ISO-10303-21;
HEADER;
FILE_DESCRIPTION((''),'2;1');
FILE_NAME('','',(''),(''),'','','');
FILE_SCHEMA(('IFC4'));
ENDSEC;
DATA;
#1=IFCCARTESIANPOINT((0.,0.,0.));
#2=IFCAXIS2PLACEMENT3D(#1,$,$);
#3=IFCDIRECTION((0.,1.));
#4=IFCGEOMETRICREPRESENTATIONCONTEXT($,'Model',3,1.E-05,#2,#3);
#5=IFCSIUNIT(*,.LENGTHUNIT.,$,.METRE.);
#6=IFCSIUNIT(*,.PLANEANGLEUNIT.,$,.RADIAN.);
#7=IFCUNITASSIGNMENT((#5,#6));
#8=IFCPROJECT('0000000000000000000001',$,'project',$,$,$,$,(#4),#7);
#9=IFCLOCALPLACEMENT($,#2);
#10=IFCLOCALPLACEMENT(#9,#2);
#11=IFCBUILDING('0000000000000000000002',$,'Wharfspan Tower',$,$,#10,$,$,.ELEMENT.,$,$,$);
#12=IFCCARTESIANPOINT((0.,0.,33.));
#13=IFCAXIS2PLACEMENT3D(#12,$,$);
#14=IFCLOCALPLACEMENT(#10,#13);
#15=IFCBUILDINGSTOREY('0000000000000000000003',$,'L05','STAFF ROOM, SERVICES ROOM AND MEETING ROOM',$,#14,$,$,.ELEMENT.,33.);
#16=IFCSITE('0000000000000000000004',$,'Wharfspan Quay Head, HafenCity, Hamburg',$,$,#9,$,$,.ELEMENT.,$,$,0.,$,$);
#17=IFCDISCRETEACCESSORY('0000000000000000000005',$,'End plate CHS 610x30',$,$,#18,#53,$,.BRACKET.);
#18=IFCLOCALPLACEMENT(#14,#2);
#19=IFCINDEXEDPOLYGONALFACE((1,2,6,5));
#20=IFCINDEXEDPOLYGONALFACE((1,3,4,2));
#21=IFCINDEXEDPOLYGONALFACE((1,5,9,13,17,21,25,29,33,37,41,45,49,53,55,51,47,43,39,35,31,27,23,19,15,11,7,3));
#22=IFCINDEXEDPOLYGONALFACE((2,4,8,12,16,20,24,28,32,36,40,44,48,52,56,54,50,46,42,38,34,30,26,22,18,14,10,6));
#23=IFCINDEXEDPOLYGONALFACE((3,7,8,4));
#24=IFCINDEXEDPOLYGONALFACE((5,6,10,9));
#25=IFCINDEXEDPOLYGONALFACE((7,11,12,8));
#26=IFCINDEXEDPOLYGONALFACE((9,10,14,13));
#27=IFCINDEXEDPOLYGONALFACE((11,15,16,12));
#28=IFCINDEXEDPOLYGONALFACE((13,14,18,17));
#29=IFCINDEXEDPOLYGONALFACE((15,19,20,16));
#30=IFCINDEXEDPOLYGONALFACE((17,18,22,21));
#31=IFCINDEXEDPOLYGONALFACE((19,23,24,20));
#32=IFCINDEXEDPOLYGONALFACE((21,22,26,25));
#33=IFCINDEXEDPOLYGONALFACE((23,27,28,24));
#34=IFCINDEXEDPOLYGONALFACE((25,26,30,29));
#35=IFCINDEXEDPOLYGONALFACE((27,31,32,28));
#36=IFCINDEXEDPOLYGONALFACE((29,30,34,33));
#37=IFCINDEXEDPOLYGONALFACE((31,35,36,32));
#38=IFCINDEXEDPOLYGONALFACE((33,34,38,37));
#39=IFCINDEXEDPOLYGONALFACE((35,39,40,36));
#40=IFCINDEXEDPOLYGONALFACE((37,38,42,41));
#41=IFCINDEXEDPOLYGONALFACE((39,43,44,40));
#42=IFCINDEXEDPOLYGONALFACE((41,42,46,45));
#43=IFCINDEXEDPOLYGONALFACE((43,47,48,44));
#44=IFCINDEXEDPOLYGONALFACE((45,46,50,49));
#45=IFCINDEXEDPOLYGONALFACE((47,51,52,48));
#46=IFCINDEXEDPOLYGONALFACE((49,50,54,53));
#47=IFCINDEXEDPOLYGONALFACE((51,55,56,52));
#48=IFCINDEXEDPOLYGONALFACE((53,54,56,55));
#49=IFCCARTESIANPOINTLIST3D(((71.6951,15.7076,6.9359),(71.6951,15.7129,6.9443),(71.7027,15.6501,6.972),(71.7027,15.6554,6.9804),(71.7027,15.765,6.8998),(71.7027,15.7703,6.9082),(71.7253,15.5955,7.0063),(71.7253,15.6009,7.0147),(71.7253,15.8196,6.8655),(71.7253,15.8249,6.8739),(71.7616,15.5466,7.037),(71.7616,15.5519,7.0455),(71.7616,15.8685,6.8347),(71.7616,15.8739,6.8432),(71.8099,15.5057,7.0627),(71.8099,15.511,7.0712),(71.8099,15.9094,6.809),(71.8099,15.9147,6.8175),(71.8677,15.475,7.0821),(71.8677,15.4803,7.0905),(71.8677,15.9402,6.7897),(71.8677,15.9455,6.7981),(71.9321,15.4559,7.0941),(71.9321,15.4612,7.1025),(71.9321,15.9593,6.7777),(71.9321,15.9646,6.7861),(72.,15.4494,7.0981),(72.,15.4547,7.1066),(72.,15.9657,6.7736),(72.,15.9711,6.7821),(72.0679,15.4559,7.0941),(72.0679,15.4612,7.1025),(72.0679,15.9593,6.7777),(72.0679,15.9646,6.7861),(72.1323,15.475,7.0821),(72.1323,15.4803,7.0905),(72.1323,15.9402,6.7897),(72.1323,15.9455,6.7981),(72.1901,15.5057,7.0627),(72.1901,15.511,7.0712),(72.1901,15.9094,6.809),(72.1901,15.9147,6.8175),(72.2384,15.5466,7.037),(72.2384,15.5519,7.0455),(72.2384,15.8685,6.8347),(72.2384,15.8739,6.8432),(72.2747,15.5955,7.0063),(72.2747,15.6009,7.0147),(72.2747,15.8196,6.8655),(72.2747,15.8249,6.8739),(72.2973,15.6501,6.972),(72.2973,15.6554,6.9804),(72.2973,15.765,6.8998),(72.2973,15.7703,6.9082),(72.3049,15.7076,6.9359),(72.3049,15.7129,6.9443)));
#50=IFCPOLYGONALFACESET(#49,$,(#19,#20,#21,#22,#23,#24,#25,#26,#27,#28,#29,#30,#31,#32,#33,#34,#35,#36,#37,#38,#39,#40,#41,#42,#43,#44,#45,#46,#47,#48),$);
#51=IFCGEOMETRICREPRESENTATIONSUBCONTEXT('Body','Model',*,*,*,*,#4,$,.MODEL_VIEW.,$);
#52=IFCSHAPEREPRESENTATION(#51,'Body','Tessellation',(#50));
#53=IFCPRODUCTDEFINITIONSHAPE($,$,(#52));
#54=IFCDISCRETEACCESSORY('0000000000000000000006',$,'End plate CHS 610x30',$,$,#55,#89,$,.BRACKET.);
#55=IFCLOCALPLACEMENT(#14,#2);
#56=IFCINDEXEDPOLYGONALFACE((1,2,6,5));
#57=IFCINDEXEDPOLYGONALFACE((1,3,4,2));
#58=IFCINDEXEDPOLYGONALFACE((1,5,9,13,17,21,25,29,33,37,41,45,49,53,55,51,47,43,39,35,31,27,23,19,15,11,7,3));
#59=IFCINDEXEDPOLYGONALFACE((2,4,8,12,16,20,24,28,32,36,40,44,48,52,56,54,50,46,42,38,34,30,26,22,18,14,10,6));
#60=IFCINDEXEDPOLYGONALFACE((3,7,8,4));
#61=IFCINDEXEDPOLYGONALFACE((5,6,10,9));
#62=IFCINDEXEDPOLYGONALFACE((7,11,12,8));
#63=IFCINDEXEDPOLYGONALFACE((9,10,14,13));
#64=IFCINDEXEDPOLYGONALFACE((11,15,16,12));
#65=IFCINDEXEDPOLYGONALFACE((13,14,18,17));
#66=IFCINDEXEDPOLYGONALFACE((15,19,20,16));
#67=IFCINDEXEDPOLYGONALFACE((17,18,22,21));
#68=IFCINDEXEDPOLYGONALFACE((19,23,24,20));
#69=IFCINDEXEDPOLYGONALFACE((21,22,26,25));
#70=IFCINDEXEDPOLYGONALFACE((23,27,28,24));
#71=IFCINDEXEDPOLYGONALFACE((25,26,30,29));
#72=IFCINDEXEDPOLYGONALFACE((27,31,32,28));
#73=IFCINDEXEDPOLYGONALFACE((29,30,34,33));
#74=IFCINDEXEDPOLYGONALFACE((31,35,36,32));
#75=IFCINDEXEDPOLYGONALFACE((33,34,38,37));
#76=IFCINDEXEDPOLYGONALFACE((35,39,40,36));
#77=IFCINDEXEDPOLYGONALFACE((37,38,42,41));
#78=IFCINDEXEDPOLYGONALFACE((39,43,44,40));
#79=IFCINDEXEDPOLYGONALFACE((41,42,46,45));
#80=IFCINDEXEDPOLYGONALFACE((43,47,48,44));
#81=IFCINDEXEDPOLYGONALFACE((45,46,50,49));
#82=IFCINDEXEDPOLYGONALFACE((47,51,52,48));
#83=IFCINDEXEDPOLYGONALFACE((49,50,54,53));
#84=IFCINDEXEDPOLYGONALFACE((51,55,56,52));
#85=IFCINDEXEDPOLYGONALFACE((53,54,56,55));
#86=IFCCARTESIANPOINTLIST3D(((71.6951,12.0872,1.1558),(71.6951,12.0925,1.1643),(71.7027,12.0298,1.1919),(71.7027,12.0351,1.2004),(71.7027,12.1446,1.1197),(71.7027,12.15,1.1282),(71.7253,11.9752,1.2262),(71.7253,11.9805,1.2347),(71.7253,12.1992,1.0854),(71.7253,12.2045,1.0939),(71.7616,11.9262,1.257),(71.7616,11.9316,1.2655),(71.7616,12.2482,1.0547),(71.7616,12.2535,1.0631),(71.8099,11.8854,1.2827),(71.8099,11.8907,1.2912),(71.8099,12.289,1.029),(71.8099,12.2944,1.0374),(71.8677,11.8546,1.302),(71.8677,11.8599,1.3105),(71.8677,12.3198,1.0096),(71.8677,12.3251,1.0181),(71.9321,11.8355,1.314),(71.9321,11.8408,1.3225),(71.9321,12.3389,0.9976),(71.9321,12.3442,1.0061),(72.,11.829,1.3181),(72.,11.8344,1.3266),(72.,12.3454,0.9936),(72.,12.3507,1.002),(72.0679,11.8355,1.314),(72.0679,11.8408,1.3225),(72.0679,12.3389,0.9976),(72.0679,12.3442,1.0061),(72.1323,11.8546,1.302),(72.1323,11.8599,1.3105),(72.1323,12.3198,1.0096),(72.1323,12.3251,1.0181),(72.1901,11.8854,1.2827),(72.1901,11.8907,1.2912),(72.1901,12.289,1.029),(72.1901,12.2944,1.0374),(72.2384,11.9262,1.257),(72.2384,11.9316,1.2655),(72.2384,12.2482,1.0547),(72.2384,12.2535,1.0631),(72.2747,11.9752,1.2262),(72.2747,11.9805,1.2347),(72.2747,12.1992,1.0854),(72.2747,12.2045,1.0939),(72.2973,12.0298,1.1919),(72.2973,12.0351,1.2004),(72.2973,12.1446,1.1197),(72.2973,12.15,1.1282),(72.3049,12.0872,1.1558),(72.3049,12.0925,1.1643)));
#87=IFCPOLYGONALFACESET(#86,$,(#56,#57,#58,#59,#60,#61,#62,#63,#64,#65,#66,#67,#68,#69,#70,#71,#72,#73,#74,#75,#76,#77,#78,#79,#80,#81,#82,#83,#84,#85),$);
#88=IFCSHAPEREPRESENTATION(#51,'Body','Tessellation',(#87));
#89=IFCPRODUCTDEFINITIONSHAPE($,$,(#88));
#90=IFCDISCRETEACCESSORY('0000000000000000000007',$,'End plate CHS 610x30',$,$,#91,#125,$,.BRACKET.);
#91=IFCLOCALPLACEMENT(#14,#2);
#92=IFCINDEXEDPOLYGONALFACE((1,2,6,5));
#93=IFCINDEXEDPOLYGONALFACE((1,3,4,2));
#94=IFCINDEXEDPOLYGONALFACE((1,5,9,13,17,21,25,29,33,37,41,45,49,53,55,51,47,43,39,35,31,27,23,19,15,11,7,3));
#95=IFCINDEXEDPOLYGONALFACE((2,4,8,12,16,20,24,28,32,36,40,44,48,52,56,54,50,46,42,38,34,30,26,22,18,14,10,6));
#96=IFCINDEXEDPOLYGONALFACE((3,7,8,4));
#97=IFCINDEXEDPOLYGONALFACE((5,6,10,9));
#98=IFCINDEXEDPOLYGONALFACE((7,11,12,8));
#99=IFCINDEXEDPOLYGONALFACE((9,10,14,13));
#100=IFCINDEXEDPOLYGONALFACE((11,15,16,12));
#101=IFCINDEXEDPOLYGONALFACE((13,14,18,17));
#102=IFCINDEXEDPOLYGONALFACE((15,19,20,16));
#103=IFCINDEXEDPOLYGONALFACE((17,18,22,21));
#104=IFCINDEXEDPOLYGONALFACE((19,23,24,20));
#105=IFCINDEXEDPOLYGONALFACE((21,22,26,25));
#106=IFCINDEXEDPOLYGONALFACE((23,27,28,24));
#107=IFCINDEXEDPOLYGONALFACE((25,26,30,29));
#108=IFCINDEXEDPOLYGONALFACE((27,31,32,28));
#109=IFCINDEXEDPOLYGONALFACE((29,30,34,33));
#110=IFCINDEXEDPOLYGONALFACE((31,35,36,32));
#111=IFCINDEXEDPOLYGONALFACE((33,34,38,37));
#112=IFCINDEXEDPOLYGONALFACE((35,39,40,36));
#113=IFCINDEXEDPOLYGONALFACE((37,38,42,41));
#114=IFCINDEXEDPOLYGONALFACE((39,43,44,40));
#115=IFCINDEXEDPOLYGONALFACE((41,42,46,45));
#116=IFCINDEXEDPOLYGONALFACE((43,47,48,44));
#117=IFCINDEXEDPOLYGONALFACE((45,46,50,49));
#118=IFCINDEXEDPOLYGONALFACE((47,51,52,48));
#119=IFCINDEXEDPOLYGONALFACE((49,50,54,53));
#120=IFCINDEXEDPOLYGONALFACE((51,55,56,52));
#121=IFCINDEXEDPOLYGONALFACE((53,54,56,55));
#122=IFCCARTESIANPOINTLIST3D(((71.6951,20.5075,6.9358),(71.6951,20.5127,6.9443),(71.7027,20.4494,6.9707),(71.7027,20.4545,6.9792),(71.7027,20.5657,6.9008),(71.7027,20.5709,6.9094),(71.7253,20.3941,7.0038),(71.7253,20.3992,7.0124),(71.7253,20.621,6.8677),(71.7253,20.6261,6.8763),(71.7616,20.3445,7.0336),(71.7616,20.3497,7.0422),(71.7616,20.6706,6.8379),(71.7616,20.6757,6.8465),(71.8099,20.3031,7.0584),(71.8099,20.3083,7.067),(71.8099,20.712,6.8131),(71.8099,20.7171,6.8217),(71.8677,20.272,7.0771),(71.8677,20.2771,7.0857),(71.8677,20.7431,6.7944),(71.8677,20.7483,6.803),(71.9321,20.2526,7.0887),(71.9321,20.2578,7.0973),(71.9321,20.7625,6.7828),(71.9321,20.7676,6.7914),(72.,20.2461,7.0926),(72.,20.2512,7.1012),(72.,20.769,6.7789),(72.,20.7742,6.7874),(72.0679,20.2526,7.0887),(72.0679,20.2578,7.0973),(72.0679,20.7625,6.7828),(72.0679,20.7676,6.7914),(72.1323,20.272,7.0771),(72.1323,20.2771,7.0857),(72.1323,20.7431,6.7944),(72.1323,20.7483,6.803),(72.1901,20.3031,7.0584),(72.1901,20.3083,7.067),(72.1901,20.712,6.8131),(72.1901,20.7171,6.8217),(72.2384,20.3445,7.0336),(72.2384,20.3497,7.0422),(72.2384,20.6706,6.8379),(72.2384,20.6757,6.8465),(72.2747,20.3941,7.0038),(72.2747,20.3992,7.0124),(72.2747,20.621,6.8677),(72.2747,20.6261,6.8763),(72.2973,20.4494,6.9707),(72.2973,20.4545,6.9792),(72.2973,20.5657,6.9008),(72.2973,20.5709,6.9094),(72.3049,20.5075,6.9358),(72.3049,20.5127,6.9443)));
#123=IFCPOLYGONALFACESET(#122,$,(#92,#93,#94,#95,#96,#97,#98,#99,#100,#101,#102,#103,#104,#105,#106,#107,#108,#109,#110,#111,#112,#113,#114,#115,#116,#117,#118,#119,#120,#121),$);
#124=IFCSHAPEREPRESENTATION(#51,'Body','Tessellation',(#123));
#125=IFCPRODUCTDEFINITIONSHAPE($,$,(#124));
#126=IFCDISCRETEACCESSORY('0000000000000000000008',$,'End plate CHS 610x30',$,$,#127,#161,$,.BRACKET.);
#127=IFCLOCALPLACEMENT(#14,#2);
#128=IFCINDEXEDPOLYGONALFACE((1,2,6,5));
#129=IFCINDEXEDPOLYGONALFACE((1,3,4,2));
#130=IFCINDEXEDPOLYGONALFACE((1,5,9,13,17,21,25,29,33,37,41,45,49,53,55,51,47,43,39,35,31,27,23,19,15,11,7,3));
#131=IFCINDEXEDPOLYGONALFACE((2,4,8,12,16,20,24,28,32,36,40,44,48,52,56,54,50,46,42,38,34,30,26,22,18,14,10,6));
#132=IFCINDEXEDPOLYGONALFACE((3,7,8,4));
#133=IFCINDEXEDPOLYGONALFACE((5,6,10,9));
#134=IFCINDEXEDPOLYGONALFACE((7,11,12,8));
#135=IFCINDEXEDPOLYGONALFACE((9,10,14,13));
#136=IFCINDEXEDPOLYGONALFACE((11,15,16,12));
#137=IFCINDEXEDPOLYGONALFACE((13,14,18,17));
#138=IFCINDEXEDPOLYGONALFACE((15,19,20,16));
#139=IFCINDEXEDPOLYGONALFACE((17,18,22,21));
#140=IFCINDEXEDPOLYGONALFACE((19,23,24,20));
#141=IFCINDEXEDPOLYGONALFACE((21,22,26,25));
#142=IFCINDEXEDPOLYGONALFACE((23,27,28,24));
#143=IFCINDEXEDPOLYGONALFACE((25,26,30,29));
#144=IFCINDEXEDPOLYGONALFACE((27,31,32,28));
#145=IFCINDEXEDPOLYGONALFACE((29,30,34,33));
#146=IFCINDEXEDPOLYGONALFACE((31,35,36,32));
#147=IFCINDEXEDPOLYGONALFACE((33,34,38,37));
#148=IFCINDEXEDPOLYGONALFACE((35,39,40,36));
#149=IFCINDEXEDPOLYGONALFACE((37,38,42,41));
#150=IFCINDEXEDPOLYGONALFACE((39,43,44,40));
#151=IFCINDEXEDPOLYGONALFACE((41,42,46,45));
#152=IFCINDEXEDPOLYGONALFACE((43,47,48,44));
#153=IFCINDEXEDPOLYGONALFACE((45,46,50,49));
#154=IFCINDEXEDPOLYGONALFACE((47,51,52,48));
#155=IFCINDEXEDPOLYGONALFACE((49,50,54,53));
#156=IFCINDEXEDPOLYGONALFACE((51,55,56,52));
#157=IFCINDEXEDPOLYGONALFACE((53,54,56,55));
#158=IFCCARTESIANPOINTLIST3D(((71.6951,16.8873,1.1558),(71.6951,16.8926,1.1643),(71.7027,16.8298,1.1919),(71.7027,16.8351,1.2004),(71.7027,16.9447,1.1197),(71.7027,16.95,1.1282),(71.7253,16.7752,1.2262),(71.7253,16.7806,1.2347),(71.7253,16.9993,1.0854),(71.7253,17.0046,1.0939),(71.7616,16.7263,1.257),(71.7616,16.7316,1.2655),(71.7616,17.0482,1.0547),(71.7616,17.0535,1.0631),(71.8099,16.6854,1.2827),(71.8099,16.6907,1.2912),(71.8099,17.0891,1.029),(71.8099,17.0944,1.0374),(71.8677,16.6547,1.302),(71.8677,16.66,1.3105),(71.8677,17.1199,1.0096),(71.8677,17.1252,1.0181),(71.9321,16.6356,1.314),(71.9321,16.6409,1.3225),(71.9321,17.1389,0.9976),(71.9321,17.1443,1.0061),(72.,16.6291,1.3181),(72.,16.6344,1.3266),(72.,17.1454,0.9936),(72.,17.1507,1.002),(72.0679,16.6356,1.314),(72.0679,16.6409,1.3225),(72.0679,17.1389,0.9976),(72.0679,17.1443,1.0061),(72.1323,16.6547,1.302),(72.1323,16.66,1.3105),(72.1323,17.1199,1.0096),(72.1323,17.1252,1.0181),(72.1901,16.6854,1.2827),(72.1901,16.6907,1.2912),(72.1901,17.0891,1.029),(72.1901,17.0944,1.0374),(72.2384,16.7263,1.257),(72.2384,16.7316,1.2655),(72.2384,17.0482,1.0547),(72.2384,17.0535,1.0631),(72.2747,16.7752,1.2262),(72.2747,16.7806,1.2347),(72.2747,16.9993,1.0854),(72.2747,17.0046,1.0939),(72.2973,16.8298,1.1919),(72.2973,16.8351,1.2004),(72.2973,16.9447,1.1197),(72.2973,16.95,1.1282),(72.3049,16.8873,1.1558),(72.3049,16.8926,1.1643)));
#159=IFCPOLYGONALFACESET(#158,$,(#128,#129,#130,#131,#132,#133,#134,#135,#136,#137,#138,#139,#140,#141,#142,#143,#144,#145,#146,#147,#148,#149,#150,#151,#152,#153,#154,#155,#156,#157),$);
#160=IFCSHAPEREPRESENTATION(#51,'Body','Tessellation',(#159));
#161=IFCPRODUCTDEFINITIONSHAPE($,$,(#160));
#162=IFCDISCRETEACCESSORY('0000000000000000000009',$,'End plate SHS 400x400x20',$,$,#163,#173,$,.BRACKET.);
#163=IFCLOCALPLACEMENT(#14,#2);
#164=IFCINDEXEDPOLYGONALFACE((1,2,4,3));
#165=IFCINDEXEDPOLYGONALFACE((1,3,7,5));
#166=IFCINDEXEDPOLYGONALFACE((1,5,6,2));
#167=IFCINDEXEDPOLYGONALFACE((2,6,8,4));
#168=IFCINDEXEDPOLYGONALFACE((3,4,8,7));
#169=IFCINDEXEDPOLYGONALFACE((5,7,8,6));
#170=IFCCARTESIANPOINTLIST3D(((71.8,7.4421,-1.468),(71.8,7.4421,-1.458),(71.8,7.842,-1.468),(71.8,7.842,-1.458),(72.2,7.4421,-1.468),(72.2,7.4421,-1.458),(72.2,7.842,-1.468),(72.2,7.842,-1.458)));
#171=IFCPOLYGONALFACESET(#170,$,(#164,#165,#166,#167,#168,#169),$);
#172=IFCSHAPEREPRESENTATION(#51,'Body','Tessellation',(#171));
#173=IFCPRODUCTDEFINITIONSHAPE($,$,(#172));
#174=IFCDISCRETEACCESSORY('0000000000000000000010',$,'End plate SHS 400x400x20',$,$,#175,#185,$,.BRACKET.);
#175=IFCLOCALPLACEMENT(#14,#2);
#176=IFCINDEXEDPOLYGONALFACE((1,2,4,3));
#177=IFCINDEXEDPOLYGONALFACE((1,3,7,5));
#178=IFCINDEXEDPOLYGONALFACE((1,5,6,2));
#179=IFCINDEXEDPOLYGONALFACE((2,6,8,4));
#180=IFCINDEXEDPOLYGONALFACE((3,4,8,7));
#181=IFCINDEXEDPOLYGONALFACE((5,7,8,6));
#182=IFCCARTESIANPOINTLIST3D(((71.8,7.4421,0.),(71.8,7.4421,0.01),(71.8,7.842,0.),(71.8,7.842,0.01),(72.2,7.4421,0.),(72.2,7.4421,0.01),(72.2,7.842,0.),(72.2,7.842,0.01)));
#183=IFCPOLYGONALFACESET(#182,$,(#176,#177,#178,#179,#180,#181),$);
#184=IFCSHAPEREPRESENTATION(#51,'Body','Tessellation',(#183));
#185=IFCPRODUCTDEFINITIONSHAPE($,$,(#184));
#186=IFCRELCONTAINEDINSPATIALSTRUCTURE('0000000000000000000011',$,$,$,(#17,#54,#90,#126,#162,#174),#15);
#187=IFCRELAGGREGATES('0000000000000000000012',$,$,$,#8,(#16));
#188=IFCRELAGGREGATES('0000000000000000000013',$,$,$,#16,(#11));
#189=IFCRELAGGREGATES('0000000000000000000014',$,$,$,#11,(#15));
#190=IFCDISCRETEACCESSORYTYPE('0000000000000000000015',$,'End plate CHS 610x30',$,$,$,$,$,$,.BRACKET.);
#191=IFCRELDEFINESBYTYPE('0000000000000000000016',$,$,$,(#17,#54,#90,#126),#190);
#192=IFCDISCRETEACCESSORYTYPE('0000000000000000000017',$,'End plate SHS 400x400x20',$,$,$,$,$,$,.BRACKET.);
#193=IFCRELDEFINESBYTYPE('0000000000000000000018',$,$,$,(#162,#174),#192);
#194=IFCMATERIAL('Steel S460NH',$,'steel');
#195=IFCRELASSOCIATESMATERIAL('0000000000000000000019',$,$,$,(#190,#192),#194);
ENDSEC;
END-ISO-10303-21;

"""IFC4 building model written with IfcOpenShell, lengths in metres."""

from ifc_helpers import new_model, si_unit, direction, frame, origin, origin_2d, place, context, subcontext, project, spatial, rectangle, circle, extrude, material, material_profile, profile_set, type_object, element, save


model = new_model("IFC4")

# Units and contexts
model_context = context("Model", 3, precision=1e-05, world=origin(), true_north=direction((0.0, 1.0)))
body_context = subcontext(model_context, "Body", "Model", "MODEL_VIEW")
ifc_project = project(units=[si_unit("LENGTHUNIT", "METRE"), si_unit("PLANEANGLEUNIT", "RADIAN")], contexts=[model_context])

# Site, building, storey
site_placement = place(None, origin())
site = spatial("IfcSite", under=ifc_project, at=site_placement, Name="Wharfspan Quay Head, HafenCity, Hamburg", CompositionType="ELEMENT", RefElevation=0.0)
building_placement = place(site_placement, origin())
building = spatial("IfcBuilding", under=site, at=building_placement, Name="Wharfspan Tower", CompositionType="ELEMENT")
storey_placement = place(building_placement, frame((0.0, 0.0, 33.0)))
storey = spatial("IfcBuildingStorey", under=building, at=storey_placement, Name="L05", Description="STAFF ROOM, SERVICES ROOM AND MEETING ROOM", CompositionType="ELEMENT", Elevation=33.0)

# Shared definitions
ifc_material_1 = material(Name="Steel S460NH", Category="steel")

# Discrete accessories
ifc_material_profile_1 = material_profile(ifc_material_1, circle(Radius=0.3049, at=origin_2d()))
ifc_profile_set_1 = profile_set([ifc_material_profile_1], Name="Steel S460NH")
discrete_accessory_type_1 = type_object("IfcDiscreteAccessoryType", Name="End plate CHS 610x30", PredefinedType="BRACKET", material=ifc_profile_set_1)
for number, where, z_axis, x_axis, name in (
    (1, (72.0, 15.7129, 6.9443), (0.0, -0.532172, -0.846637), (1.0, 0.0, 0.0), "End plate CHS 610x30"),
    (2, (72.0, 12.0925, 1.1643), (0.0, -0.532172, -0.846637), (1.0, 0.0, 0.0), "End plate CHS 610x30"),
    (3, (72.0, 20.5127, 6.9443), (0.0, -0.514496, -0.857493), (1.0, 0.0, 0.0), "End plate CHS 610x30"),
    (4, (72.0, 16.8926, 1.1643), (0.0, -0.532172, -0.846637), (1.0, 0.0, 0.0), "End plate CHS 610x30"),
):
    element("IfcDiscreteAccessory", number, at=place(storey_placement, frame(where, z_axis=z_axis, x_axis=x_axis)), inside=storey, type_object=discrete_accessory_type_1, Name=name, PredefinedType="BRACKET", context=body_context, shape_type="SweptSolid", body=[
        extrude(circle(Radius=0.3049, at=origin_2d()), origin(), (0.0, 0.0, 1.0), 0.01),
    ])
ifc_material_profile_2 = material_profile(ifc_material_1, rectangle(XDim=0.3999, YDim=0.3999, at=origin_2d()))
ifc_profile_set_2 = profile_set([ifc_material_profile_2], Name="Steel S460NH")
discrete_accessory_type_2 = type_object("IfcDiscreteAccessoryType", Name="End plate SHS 400x400x20", PredefinedType="BRACKET", material=ifc_profile_set_2)
for number, where, z_axis, x_axis, name in (
    (5, (72.0, 7.6421, -1.468), (0.0, 0.0, 1.0), (1.0, 0.0, 0.0), "End plate SHS 400x400x20"),
    (6, (72.0, 7.6421, 0.0), (0.0, 0.0, 1.0), (1.0, 0.0, 0.0), "End plate SHS 400x400x20"),
):
    element("IfcDiscreteAccessory", number, at=place(storey_placement, frame(where, z_axis=z_axis, x_axis=x_axis)), inside=storey, type_object=discrete_accessory_type_2, Name=name, PredefinedType="BRACKET", context=body_context, shape_type="SweptSolid", body=[
        extrude(rectangle(XDim=0.3999, YDim=0.3999, at=origin_2d()), origin(), (0.0, 0.0, 1.0), 0.01),
    ])

save(model, "model.ifc")
